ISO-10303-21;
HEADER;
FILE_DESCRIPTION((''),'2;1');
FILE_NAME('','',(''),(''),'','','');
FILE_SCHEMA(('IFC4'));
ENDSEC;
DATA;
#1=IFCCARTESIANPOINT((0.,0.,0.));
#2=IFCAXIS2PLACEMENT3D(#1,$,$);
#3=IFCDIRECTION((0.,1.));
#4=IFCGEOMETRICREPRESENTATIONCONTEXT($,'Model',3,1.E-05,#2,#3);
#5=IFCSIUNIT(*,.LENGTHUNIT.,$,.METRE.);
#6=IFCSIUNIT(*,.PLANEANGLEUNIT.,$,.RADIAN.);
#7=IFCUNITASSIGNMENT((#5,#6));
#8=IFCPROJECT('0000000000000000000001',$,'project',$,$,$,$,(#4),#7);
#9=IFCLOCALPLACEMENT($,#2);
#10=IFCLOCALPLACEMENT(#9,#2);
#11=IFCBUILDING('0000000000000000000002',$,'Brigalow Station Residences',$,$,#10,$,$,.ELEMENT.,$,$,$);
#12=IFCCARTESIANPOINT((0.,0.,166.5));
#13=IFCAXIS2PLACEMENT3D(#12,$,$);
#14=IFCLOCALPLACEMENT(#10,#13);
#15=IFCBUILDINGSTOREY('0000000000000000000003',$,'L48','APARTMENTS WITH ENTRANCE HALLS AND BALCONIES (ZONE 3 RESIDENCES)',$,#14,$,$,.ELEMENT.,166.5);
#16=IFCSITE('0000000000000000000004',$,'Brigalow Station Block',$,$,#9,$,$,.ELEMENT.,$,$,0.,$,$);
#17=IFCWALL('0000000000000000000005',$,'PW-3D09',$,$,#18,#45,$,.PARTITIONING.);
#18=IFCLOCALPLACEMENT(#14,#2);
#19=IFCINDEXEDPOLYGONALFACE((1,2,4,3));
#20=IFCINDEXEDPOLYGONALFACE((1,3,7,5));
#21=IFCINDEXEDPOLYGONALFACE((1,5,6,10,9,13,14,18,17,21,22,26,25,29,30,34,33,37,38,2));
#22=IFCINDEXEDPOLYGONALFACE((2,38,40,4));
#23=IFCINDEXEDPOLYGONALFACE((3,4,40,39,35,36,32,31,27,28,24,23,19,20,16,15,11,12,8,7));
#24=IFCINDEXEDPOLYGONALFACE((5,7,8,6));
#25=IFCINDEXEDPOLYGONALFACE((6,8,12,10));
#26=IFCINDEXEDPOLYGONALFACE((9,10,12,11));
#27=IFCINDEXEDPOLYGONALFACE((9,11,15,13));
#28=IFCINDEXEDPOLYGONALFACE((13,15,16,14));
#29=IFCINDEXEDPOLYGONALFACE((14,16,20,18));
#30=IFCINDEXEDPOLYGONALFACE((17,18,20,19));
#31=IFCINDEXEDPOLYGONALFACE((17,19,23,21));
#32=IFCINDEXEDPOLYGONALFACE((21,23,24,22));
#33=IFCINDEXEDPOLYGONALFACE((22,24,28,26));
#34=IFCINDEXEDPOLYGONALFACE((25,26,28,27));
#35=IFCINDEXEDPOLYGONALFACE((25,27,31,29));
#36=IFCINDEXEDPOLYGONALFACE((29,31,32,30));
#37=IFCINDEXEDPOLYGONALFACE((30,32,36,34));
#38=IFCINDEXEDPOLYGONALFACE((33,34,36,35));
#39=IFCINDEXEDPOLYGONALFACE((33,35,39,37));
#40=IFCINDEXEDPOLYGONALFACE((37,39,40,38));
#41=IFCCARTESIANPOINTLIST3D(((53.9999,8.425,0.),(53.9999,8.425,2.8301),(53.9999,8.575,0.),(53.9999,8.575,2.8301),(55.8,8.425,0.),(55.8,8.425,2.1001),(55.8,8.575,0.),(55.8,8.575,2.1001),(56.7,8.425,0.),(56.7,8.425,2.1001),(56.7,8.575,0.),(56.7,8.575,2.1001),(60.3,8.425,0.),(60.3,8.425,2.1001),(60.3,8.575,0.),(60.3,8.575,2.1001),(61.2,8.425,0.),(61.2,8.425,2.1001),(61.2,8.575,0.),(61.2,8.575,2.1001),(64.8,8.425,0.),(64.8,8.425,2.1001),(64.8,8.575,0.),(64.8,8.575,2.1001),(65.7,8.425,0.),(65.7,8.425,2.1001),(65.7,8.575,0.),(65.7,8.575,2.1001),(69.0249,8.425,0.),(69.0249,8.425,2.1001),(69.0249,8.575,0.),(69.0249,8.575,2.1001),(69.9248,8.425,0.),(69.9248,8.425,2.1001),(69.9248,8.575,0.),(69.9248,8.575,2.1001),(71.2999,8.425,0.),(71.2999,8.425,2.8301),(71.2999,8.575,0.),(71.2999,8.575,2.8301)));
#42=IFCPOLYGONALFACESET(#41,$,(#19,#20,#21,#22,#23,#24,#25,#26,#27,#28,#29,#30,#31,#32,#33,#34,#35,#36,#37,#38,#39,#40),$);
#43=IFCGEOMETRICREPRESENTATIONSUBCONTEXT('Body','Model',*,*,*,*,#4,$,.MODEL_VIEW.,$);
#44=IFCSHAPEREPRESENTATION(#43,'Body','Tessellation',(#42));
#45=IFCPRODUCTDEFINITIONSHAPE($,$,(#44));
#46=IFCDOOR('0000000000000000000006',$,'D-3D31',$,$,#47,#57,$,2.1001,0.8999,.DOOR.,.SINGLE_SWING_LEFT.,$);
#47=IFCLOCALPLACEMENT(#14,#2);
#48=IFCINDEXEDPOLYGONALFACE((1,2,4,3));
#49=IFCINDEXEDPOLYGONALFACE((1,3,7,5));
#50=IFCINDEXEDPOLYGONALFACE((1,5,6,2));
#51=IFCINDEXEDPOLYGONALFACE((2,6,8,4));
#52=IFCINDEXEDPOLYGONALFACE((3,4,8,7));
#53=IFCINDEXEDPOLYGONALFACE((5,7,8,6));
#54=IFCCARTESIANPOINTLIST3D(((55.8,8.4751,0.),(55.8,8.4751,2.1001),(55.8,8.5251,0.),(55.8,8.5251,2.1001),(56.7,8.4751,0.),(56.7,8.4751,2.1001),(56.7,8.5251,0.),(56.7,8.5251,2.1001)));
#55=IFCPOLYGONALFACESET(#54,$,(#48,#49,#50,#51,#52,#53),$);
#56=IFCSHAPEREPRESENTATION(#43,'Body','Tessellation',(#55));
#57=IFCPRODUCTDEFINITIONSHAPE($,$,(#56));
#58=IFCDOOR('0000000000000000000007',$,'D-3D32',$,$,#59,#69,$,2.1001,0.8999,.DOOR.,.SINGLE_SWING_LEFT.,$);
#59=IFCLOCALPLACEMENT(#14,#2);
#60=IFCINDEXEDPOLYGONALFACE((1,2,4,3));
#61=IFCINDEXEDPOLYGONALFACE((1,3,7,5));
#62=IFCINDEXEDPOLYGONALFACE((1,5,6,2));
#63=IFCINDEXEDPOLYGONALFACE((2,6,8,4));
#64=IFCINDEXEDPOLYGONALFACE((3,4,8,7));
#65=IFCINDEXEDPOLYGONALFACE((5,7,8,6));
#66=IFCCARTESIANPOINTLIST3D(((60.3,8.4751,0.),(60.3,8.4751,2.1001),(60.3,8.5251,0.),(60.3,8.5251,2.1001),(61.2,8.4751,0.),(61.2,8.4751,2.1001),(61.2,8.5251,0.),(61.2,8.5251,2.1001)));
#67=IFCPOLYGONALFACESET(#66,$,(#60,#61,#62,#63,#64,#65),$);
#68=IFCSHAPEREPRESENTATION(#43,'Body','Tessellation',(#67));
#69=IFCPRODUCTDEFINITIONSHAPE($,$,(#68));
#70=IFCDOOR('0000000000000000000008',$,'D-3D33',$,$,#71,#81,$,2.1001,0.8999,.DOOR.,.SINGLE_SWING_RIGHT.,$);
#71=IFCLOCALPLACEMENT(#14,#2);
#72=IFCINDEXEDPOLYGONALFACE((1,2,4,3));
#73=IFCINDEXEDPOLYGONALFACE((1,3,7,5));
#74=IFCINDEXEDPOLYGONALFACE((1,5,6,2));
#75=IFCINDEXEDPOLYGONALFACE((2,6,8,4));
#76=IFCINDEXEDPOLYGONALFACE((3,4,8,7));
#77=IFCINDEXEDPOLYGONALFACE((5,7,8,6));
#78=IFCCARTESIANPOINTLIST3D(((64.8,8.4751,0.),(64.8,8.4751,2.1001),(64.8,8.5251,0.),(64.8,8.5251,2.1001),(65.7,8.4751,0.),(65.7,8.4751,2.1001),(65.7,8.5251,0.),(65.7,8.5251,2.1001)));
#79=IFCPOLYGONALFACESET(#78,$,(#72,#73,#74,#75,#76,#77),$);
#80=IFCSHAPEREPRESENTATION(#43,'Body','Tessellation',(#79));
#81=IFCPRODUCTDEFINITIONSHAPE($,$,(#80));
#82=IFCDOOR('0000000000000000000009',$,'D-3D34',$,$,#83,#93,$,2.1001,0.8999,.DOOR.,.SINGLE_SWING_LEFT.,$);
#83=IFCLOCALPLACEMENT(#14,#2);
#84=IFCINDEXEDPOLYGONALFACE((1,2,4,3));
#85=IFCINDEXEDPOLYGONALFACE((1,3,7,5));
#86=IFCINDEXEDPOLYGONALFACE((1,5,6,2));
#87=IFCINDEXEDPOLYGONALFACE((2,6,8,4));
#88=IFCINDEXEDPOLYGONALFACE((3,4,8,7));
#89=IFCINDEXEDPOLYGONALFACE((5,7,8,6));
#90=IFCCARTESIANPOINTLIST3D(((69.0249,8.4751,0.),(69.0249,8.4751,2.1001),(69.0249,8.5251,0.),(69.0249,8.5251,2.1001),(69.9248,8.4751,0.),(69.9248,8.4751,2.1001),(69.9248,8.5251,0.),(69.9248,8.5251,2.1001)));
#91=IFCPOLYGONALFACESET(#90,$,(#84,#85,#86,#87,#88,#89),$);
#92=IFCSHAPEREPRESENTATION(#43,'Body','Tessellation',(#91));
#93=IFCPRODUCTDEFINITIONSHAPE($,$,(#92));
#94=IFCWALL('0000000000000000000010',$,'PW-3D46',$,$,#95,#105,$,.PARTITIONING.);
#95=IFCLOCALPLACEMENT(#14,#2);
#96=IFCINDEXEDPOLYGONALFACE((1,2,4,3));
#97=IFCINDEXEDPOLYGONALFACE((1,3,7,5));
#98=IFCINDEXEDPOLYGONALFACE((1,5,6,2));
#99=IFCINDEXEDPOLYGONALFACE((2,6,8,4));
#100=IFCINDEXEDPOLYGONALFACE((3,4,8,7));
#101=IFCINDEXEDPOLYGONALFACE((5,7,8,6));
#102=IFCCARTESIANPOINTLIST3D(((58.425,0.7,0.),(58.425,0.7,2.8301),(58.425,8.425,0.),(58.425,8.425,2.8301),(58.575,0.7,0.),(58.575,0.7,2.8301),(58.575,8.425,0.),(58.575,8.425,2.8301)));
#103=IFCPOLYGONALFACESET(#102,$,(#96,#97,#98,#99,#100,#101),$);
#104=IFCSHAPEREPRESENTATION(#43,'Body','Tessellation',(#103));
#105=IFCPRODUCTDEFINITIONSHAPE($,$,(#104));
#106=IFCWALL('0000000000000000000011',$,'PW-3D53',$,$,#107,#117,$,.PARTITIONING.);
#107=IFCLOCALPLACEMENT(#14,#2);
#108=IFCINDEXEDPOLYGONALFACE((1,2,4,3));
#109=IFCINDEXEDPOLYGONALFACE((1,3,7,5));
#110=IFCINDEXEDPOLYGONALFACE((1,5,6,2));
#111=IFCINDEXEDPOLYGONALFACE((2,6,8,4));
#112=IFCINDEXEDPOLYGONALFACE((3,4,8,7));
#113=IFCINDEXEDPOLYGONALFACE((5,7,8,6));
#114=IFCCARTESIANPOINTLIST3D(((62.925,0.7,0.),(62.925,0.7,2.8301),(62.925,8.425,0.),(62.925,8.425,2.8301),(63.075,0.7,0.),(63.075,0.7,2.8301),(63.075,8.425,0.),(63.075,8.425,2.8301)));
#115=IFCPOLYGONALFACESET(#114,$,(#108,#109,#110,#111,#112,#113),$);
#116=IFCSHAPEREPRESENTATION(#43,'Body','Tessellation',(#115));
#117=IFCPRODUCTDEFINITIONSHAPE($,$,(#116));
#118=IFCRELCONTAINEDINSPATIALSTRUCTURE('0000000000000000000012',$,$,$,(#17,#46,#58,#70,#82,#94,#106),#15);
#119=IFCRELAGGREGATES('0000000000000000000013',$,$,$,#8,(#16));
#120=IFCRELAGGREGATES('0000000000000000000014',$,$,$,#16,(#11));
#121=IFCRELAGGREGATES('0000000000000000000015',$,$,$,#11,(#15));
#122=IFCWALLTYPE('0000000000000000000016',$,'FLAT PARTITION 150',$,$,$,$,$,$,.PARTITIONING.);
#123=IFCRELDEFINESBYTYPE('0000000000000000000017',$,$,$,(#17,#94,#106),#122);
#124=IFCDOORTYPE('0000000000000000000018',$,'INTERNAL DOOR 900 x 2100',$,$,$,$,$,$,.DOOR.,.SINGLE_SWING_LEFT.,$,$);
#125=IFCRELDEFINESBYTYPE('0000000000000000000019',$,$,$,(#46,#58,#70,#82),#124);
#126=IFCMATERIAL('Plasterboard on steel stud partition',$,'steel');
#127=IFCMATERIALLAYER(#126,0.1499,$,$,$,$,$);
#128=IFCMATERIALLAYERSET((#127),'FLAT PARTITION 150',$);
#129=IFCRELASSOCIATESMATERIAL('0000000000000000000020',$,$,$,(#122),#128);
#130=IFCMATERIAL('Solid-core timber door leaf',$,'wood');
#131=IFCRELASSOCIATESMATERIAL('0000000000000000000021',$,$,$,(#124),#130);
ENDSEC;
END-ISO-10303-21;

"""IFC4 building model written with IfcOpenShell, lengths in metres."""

from ifc_helpers import new_model, si_unit, direction, frame, frame_2d, origin, place, context, subcontext, project, spatial, rectangle, extrude, material, layer, layer_set, type_object, element, fill, save


model = new_model("IFC4")

# Units and contexts
model_context = context("Model", 3, precision=1e-05, world=origin(), true_north=direction((0.0, 1.0)))
body_context = subcontext(model_context, "Body", "Model", "MODEL_VIEW")
ifc_project = project(units=[si_unit("LENGTHUNIT", "METRE"), si_unit("PLANEANGLEUNIT", "RADIAN")], contexts=[model_context])

# Site, building, storey
site_placement = place(None, origin())
site = spatial("IfcSite", under=ifc_project, at=site_placement, Name="Brigalow Station Block", CompositionType="ELEMENT", RefElevation=0.0)
building_placement = place(site_placement, origin())
building = spatial("IfcBuilding", under=site, at=building_placement, Name="Brigalow Station Residences", CompositionType="ELEMENT")
storey_placement = place(building_placement, frame((0.0, 0.0, 166.5)))
storey = spatial("IfcBuildingStorey", under=building, at=storey_placement, Name="L48", Description="APARTMENTS WITH ENTRANCE HALLS AND BALCONIES (ZONE 3 RESIDENCES)", CompositionType="ELEMENT", Elevation=166.5)

# Wall, openings, doors
ifc_material_1 = material(Name="Plasterboard on steel stud partition", Category="steel")
ifc_layer_1 = layer(ifc_material_1, 0.1499)
ifc_layer_set_1 = layer_set([ifc_layer_1], Name="FLAT PARTITION 150")
wall_type_1 = type_object("IfcWallType", Name="FLAT PARTITION 150", PredefinedType="PARTITIONING", material=ifc_layer_set_1)
wall_1_placement = place(storey_placement, frame((54.0, 8.5, 0.0), z_axis=(0.0, 0.0, 1.0), x_axis=(1.0, 0.0, 0.0)))
wall_1 = element("IfcWall", 1, at=wall_1_placement, inside=storey, type_object=wall_type_1, Name="PW-3D09", PredefinedType="PARTITIONING", context=body_context, shape_type="SweptSolid", body=[
    extrude(rectangle(XDim=17.3, YDim=0.1499, at=frame_2d((8.6499, 0.0))), origin(), (0.0, 0.0, 1.0), 2.8301),
])
opening_1_placement = place(wall_1_placement, frame((1.8, 0.0, 0.0)))
opening_1 = element("IfcOpeningElement", 2, at=opening_1_placement, cuts=wall_1, PredefinedType="OPENING", context=body_context, shape_type="SweptSolid", body=[
    extrude(rectangle(XDim=0.8999, YDim=2.1001, at=frame_2d((0.45, 1.05))), frame((0.0, 0.085, 0.0), z_axis=(0.0, -1.0, 0.0), x_axis=(1.0, 0.0, 0.0)), (0.0, 0.0, 1.0), 0.1699),
])
opening_2_placement = place(wall_1_placement, frame((6.3, 0.0, 0.0)))
opening_2 = element("IfcOpeningElement", 3, at=opening_2_placement, cuts=wall_1, PredefinedType="OPENING", context=body_context, shape_type="SweptSolid", body=[
    extrude(rectangle(XDim=0.8999, YDim=2.1001, at=frame_2d((0.45, 1.05))), frame((0.0, 0.085, 0.0), z_axis=(0.0, -1.0, 0.0), x_axis=(1.0, 0.0, 0.0)), (0.0, 0.0, 1.0), 0.1699),
])
opening_3_placement = place(wall_1_placement, frame((10.8, 0.0, 0.0)))
opening_3 = element("IfcOpeningElement", 4, at=opening_3_placement, cuts=wall_1, PredefinedType="OPENING", context=body_context, shape_type="SweptSolid", body=[
    extrude(rectangle(XDim=0.8999, YDim=2.1001, at=frame_2d((0.45, 1.05))), frame((0.0, 0.085, 0.0), z_axis=(0.0, -1.0, 0.0), x_axis=(1.0, 0.0, 0.0)), (0.0, 0.0, 1.0), 0.1699),
])
opening_4_placement = place(wall_1_placement, frame((15.0249, 0.0, 0.0)))
opening_4 = element("IfcOpeningElement", 5, at=opening_4_placement, cuts=wall_1, PredefinedType="OPENING", context=body_context, shape_type="SweptSolid", body=[
    extrude(rectangle(XDim=0.8999, YDim=2.1001, at=frame_2d((0.45, 1.05))), frame((0.0, 0.085, 0.0), z_axis=(0.0, -1.0, 0.0), x_axis=(1.0, 0.0, 0.0)), (0.0, 0.0, 1.0), 0.1699),
])
ifc_material_2 = material(Name="Solid-core timber door leaf", Category="wood")
door_type = type_object("IfcDoorType", Name="INTERNAL DOOR 900 x 2100", OperationType="SINGLE_SWING_LEFT", PredefinedType="DOOR", material=ifc_material_2)
door_1_placement = place(opening_1_placement, frame((0.8999, 0.0, 0.0), z_axis=(0.0, 0.0, 1.0), x_axis=(-1.0, 0.0, 0.0)))
door_1 = element("IfcDoor", 6, at=door_1_placement, inside=storey, type_object=door_type, Name="D-3D31", OperationType="SINGLE_SWING_LEFT", OverallHeight=2.1001, OverallWidth=0.8999, PredefinedType="DOOR", context=body_context, shape_type="SweptSolid", body=[
    extrude(rectangle(XDim=0.8999, YDim=2.1001, at=frame_2d((0.45, 1.05))), frame((0.0, 0.0249, 0.0), z_axis=(0.0, -1.0, 0.0), x_axis=(1.0, 0.0, 0.0)), (0.0, 0.0, 1.0), 0.05),
])
fill(opening_1, door_1)
door_2_placement = place(opening_2_placement, frame((0.8999, 0.0, 0.0), z_axis=(0.0, 0.0, 1.0), x_axis=(-1.0, 0.0, 0.0)))
door_2 = element("IfcDoor", 7, at=door_2_placement, inside=storey, type_object=door_type, Name="D-3D32", OperationType="SINGLE_SWING_LEFT", OverallHeight=2.1001, OverallWidth=0.8999, PredefinedType="DOOR", context=body_context, shape_type="SweptSolid", body=[
    extrude(rectangle(XDim=0.8999, YDim=2.1001, at=frame_2d((0.45, 1.05))), frame((0.0, 0.0249, 0.0), z_axis=(0.0, -1.0, 0.0), x_axis=(1.0, 0.0, 0.0)), (0.0, 0.0, 1.0), 0.05),
])
fill(opening_2, door_2)
door_3_placement = place(opening_3_placement, frame((0.8999, 0.0, 0.0), z_axis=(0.0, 0.0, 1.0), x_axis=(-1.0, 0.0, 0.0)))
door_3 = element("IfcDoor", 8, at=door_3_placement, inside=storey, type_object=door_type, Name="D-3D33", OperationType="SINGLE_SWING_RIGHT", OverallHeight=2.1001, OverallWidth=0.8999, PredefinedType="DOOR", context=body_context, shape_type="SweptSolid", body=[
    extrude(rectangle(XDim=0.8999, YDim=2.1001, at=frame_2d((0.45, 1.05))), frame((0.0, 0.0249, 0.0), z_axis=(0.0, -1.0, 0.0), x_axis=(1.0, 0.0, 0.0)), (0.0, 0.0, 1.0), 0.05),
])
fill(opening_3, door_3)
door_4_placement = place(opening_4_placement, frame((0.8999, 0.0, 0.0), z_axis=(0.0, 0.0, 1.0), x_axis=(-1.0, 0.0, 0.0)))
door_4 = element("IfcDoor", 9, at=door_4_placement, inside=storey, type_object=door_type, Name="D-3D34", OperationType="SINGLE_SWING_LEFT", OverallHeight=2.1001, OverallWidth=0.8999, PredefinedType="DOOR", context=body_context, shape_type="SweptSolid", body=[
    extrude(rectangle(XDim=0.8999, YDim=2.1001, at=frame_2d((0.45, 1.05))), frame((0.0, 0.0249, 0.0), z_axis=(0.0, -1.0, 0.0), x_axis=(1.0, 0.0, 0.0)), (0.0, 0.0, 1.0), 0.05),
])
fill(opening_4, door_4)

# Walls
for number, where, z_axis, x_axis, name in (
    (10, (58.5, 0.7, 0.0), (0.0, 0.0, 1.0), (0.0, 1.0, 0.0), "PW-3D46"),
    (11, (63.0, 0.7, 0.0), (0.0, 0.0, 1.0), (0.0, 1.0, 0.0), "PW-3D53"),
):
    element("IfcWall", number, at=place(storey_placement, frame(where, z_axis=z_axis, x_axis=x_axis)), inside=storey, type_object=wall_type_1, Name=name, PredefinedType="PARTITIONING", context=body_context, shape_type="SweptSolid", body=[
        extrude(rectangle(XDim=7.7251, YDim=0.1499, at=frame_2d((3.8625, 0.0))), origin(), (0.0, 0.0, 1.0), 2.8301),
    ])

save(model, "model.ifc")
